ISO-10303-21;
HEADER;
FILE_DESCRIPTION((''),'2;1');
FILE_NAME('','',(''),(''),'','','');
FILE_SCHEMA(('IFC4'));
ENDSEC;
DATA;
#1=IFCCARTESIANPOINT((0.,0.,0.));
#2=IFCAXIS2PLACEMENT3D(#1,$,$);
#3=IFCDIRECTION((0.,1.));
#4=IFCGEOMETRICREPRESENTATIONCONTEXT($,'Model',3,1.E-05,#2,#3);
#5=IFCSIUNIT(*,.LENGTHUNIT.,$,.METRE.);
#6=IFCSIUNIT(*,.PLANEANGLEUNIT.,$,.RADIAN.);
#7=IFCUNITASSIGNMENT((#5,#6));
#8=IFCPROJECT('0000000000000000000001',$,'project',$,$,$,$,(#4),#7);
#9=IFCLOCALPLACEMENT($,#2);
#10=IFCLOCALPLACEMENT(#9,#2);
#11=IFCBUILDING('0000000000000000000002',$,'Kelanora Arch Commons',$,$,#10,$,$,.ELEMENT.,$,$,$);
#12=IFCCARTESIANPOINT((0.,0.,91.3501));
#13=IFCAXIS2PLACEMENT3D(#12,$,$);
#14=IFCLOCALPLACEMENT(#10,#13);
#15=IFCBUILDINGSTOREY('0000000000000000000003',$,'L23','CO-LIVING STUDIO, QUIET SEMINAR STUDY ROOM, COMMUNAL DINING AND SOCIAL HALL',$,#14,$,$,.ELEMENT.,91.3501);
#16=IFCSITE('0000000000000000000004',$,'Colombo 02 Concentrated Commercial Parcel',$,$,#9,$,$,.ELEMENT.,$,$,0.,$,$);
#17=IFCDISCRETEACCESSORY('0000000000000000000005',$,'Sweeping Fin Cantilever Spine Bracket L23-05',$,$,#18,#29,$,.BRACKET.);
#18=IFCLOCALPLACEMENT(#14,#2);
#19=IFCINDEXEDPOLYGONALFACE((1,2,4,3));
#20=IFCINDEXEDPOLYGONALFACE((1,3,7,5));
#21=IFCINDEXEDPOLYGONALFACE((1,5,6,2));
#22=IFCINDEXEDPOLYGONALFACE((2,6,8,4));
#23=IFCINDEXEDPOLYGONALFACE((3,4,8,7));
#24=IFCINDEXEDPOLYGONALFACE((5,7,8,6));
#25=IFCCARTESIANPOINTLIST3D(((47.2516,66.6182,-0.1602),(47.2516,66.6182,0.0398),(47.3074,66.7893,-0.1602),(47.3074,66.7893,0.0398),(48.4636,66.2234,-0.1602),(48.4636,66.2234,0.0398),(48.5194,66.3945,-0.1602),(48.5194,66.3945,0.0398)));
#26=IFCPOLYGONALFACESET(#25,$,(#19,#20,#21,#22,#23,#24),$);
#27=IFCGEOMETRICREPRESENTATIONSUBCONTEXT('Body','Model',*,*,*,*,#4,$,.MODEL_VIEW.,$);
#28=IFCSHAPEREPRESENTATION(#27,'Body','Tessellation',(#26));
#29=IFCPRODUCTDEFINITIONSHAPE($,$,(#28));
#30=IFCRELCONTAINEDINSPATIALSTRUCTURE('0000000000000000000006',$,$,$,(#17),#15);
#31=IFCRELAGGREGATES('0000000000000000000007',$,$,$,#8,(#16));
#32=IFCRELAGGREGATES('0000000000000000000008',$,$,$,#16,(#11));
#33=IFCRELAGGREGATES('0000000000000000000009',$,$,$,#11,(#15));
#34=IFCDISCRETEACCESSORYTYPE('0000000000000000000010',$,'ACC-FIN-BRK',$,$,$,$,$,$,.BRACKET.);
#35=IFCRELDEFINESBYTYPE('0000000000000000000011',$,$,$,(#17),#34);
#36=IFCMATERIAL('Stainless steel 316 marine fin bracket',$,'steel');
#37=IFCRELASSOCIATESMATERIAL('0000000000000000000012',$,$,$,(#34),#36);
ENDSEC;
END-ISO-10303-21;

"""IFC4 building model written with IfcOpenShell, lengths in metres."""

from ifc_helpers import new_model, si_unit, direction, frame, origin, origin_2d, place, context, subcontext, project, spatial, rectangle, extrude, source, transform, mapped, material, type_object, element, save


model = new_model("IFC4")

# Units and contexts
model_context = context("Model", 3, precision=1e-05, world=origin(), true_north=direction((0.0, 1.0)))
body_context = subcontext(model_context, "Body", "Model", "MODEL_VIEW")
ifc_project = project(units=[si_unit("LENGTHUNIT", "METRE"), si_unit("PLANEANGLEUNIT", "RADIAN")], contexts=[model_context])

# Site, building, storey
site_placement = place(None, origin())
site = spatial("IfcSite", under=ifc_project, at=site_placement, Name="Colombo 02 Concentrated Commercial Parcel", CompositionType="ELEMENT", RefElevation=0.0)
building_placement = place(site_placement, origin())
building = spatial("IfcBuilding", under=site, at=building_placement, Name="Kelanora Arch Commons", CompositionType="ELEMENT")
storey_placement = place(building_placement, frame((0.0, 0.0, 91.3501)))
storey = spatial("IfcBuildingStorey", under=building, at=storey_placement, Name="L23", Description="CO-LIVING STUDIO, QUIET SEMINAR STUDY ROOM, COMMUNAL DINING AND SOCIAL HALL", CompositionType="ELEMENT", Elevation=91.3501)

# Discrete accessory
ifc_material_1 = material(Name="Stainless steel 316 marine fin bracket", Category="steel")
discrete_accessory_type = type_object("IfcDiscreteAccessoryType", Name="ACC-FIN-BRK", PredefinedType="BRACKET", material=ifc_material_1)
shared_shape_1 = source(origin(), body_context, "Body", "SweptSolid", [
    extrude(rectangle(XDim=1.2747, YDim=0.1799, at=origin_2d()), origin(), (0.0, 0.0, 1.0), 0.2),
])
discrete_accessory_placement = place(storey_placement, frame((47.8855, 66.5063, -0.1602), z_axis=(0.0, 0.0, 1.0), x_axis=(-0.950841, 0.309681, 0.0)))
element("IfcDiscreteAccessory", 1, at=discrete_accessory_placement, inside=storey, type_object=discrete_accessory_type, Name="Sweeping Fin Cantilever Spine Bracket L23-05", PredefinedType="BRACKET", context=body_context, shape_type="MappedRepresentation", body=[
    mapped(shared_shape_1, transform((0.0, 0.0, 0.0), scale=1.0)),
])

save(model, "model.ifc")
